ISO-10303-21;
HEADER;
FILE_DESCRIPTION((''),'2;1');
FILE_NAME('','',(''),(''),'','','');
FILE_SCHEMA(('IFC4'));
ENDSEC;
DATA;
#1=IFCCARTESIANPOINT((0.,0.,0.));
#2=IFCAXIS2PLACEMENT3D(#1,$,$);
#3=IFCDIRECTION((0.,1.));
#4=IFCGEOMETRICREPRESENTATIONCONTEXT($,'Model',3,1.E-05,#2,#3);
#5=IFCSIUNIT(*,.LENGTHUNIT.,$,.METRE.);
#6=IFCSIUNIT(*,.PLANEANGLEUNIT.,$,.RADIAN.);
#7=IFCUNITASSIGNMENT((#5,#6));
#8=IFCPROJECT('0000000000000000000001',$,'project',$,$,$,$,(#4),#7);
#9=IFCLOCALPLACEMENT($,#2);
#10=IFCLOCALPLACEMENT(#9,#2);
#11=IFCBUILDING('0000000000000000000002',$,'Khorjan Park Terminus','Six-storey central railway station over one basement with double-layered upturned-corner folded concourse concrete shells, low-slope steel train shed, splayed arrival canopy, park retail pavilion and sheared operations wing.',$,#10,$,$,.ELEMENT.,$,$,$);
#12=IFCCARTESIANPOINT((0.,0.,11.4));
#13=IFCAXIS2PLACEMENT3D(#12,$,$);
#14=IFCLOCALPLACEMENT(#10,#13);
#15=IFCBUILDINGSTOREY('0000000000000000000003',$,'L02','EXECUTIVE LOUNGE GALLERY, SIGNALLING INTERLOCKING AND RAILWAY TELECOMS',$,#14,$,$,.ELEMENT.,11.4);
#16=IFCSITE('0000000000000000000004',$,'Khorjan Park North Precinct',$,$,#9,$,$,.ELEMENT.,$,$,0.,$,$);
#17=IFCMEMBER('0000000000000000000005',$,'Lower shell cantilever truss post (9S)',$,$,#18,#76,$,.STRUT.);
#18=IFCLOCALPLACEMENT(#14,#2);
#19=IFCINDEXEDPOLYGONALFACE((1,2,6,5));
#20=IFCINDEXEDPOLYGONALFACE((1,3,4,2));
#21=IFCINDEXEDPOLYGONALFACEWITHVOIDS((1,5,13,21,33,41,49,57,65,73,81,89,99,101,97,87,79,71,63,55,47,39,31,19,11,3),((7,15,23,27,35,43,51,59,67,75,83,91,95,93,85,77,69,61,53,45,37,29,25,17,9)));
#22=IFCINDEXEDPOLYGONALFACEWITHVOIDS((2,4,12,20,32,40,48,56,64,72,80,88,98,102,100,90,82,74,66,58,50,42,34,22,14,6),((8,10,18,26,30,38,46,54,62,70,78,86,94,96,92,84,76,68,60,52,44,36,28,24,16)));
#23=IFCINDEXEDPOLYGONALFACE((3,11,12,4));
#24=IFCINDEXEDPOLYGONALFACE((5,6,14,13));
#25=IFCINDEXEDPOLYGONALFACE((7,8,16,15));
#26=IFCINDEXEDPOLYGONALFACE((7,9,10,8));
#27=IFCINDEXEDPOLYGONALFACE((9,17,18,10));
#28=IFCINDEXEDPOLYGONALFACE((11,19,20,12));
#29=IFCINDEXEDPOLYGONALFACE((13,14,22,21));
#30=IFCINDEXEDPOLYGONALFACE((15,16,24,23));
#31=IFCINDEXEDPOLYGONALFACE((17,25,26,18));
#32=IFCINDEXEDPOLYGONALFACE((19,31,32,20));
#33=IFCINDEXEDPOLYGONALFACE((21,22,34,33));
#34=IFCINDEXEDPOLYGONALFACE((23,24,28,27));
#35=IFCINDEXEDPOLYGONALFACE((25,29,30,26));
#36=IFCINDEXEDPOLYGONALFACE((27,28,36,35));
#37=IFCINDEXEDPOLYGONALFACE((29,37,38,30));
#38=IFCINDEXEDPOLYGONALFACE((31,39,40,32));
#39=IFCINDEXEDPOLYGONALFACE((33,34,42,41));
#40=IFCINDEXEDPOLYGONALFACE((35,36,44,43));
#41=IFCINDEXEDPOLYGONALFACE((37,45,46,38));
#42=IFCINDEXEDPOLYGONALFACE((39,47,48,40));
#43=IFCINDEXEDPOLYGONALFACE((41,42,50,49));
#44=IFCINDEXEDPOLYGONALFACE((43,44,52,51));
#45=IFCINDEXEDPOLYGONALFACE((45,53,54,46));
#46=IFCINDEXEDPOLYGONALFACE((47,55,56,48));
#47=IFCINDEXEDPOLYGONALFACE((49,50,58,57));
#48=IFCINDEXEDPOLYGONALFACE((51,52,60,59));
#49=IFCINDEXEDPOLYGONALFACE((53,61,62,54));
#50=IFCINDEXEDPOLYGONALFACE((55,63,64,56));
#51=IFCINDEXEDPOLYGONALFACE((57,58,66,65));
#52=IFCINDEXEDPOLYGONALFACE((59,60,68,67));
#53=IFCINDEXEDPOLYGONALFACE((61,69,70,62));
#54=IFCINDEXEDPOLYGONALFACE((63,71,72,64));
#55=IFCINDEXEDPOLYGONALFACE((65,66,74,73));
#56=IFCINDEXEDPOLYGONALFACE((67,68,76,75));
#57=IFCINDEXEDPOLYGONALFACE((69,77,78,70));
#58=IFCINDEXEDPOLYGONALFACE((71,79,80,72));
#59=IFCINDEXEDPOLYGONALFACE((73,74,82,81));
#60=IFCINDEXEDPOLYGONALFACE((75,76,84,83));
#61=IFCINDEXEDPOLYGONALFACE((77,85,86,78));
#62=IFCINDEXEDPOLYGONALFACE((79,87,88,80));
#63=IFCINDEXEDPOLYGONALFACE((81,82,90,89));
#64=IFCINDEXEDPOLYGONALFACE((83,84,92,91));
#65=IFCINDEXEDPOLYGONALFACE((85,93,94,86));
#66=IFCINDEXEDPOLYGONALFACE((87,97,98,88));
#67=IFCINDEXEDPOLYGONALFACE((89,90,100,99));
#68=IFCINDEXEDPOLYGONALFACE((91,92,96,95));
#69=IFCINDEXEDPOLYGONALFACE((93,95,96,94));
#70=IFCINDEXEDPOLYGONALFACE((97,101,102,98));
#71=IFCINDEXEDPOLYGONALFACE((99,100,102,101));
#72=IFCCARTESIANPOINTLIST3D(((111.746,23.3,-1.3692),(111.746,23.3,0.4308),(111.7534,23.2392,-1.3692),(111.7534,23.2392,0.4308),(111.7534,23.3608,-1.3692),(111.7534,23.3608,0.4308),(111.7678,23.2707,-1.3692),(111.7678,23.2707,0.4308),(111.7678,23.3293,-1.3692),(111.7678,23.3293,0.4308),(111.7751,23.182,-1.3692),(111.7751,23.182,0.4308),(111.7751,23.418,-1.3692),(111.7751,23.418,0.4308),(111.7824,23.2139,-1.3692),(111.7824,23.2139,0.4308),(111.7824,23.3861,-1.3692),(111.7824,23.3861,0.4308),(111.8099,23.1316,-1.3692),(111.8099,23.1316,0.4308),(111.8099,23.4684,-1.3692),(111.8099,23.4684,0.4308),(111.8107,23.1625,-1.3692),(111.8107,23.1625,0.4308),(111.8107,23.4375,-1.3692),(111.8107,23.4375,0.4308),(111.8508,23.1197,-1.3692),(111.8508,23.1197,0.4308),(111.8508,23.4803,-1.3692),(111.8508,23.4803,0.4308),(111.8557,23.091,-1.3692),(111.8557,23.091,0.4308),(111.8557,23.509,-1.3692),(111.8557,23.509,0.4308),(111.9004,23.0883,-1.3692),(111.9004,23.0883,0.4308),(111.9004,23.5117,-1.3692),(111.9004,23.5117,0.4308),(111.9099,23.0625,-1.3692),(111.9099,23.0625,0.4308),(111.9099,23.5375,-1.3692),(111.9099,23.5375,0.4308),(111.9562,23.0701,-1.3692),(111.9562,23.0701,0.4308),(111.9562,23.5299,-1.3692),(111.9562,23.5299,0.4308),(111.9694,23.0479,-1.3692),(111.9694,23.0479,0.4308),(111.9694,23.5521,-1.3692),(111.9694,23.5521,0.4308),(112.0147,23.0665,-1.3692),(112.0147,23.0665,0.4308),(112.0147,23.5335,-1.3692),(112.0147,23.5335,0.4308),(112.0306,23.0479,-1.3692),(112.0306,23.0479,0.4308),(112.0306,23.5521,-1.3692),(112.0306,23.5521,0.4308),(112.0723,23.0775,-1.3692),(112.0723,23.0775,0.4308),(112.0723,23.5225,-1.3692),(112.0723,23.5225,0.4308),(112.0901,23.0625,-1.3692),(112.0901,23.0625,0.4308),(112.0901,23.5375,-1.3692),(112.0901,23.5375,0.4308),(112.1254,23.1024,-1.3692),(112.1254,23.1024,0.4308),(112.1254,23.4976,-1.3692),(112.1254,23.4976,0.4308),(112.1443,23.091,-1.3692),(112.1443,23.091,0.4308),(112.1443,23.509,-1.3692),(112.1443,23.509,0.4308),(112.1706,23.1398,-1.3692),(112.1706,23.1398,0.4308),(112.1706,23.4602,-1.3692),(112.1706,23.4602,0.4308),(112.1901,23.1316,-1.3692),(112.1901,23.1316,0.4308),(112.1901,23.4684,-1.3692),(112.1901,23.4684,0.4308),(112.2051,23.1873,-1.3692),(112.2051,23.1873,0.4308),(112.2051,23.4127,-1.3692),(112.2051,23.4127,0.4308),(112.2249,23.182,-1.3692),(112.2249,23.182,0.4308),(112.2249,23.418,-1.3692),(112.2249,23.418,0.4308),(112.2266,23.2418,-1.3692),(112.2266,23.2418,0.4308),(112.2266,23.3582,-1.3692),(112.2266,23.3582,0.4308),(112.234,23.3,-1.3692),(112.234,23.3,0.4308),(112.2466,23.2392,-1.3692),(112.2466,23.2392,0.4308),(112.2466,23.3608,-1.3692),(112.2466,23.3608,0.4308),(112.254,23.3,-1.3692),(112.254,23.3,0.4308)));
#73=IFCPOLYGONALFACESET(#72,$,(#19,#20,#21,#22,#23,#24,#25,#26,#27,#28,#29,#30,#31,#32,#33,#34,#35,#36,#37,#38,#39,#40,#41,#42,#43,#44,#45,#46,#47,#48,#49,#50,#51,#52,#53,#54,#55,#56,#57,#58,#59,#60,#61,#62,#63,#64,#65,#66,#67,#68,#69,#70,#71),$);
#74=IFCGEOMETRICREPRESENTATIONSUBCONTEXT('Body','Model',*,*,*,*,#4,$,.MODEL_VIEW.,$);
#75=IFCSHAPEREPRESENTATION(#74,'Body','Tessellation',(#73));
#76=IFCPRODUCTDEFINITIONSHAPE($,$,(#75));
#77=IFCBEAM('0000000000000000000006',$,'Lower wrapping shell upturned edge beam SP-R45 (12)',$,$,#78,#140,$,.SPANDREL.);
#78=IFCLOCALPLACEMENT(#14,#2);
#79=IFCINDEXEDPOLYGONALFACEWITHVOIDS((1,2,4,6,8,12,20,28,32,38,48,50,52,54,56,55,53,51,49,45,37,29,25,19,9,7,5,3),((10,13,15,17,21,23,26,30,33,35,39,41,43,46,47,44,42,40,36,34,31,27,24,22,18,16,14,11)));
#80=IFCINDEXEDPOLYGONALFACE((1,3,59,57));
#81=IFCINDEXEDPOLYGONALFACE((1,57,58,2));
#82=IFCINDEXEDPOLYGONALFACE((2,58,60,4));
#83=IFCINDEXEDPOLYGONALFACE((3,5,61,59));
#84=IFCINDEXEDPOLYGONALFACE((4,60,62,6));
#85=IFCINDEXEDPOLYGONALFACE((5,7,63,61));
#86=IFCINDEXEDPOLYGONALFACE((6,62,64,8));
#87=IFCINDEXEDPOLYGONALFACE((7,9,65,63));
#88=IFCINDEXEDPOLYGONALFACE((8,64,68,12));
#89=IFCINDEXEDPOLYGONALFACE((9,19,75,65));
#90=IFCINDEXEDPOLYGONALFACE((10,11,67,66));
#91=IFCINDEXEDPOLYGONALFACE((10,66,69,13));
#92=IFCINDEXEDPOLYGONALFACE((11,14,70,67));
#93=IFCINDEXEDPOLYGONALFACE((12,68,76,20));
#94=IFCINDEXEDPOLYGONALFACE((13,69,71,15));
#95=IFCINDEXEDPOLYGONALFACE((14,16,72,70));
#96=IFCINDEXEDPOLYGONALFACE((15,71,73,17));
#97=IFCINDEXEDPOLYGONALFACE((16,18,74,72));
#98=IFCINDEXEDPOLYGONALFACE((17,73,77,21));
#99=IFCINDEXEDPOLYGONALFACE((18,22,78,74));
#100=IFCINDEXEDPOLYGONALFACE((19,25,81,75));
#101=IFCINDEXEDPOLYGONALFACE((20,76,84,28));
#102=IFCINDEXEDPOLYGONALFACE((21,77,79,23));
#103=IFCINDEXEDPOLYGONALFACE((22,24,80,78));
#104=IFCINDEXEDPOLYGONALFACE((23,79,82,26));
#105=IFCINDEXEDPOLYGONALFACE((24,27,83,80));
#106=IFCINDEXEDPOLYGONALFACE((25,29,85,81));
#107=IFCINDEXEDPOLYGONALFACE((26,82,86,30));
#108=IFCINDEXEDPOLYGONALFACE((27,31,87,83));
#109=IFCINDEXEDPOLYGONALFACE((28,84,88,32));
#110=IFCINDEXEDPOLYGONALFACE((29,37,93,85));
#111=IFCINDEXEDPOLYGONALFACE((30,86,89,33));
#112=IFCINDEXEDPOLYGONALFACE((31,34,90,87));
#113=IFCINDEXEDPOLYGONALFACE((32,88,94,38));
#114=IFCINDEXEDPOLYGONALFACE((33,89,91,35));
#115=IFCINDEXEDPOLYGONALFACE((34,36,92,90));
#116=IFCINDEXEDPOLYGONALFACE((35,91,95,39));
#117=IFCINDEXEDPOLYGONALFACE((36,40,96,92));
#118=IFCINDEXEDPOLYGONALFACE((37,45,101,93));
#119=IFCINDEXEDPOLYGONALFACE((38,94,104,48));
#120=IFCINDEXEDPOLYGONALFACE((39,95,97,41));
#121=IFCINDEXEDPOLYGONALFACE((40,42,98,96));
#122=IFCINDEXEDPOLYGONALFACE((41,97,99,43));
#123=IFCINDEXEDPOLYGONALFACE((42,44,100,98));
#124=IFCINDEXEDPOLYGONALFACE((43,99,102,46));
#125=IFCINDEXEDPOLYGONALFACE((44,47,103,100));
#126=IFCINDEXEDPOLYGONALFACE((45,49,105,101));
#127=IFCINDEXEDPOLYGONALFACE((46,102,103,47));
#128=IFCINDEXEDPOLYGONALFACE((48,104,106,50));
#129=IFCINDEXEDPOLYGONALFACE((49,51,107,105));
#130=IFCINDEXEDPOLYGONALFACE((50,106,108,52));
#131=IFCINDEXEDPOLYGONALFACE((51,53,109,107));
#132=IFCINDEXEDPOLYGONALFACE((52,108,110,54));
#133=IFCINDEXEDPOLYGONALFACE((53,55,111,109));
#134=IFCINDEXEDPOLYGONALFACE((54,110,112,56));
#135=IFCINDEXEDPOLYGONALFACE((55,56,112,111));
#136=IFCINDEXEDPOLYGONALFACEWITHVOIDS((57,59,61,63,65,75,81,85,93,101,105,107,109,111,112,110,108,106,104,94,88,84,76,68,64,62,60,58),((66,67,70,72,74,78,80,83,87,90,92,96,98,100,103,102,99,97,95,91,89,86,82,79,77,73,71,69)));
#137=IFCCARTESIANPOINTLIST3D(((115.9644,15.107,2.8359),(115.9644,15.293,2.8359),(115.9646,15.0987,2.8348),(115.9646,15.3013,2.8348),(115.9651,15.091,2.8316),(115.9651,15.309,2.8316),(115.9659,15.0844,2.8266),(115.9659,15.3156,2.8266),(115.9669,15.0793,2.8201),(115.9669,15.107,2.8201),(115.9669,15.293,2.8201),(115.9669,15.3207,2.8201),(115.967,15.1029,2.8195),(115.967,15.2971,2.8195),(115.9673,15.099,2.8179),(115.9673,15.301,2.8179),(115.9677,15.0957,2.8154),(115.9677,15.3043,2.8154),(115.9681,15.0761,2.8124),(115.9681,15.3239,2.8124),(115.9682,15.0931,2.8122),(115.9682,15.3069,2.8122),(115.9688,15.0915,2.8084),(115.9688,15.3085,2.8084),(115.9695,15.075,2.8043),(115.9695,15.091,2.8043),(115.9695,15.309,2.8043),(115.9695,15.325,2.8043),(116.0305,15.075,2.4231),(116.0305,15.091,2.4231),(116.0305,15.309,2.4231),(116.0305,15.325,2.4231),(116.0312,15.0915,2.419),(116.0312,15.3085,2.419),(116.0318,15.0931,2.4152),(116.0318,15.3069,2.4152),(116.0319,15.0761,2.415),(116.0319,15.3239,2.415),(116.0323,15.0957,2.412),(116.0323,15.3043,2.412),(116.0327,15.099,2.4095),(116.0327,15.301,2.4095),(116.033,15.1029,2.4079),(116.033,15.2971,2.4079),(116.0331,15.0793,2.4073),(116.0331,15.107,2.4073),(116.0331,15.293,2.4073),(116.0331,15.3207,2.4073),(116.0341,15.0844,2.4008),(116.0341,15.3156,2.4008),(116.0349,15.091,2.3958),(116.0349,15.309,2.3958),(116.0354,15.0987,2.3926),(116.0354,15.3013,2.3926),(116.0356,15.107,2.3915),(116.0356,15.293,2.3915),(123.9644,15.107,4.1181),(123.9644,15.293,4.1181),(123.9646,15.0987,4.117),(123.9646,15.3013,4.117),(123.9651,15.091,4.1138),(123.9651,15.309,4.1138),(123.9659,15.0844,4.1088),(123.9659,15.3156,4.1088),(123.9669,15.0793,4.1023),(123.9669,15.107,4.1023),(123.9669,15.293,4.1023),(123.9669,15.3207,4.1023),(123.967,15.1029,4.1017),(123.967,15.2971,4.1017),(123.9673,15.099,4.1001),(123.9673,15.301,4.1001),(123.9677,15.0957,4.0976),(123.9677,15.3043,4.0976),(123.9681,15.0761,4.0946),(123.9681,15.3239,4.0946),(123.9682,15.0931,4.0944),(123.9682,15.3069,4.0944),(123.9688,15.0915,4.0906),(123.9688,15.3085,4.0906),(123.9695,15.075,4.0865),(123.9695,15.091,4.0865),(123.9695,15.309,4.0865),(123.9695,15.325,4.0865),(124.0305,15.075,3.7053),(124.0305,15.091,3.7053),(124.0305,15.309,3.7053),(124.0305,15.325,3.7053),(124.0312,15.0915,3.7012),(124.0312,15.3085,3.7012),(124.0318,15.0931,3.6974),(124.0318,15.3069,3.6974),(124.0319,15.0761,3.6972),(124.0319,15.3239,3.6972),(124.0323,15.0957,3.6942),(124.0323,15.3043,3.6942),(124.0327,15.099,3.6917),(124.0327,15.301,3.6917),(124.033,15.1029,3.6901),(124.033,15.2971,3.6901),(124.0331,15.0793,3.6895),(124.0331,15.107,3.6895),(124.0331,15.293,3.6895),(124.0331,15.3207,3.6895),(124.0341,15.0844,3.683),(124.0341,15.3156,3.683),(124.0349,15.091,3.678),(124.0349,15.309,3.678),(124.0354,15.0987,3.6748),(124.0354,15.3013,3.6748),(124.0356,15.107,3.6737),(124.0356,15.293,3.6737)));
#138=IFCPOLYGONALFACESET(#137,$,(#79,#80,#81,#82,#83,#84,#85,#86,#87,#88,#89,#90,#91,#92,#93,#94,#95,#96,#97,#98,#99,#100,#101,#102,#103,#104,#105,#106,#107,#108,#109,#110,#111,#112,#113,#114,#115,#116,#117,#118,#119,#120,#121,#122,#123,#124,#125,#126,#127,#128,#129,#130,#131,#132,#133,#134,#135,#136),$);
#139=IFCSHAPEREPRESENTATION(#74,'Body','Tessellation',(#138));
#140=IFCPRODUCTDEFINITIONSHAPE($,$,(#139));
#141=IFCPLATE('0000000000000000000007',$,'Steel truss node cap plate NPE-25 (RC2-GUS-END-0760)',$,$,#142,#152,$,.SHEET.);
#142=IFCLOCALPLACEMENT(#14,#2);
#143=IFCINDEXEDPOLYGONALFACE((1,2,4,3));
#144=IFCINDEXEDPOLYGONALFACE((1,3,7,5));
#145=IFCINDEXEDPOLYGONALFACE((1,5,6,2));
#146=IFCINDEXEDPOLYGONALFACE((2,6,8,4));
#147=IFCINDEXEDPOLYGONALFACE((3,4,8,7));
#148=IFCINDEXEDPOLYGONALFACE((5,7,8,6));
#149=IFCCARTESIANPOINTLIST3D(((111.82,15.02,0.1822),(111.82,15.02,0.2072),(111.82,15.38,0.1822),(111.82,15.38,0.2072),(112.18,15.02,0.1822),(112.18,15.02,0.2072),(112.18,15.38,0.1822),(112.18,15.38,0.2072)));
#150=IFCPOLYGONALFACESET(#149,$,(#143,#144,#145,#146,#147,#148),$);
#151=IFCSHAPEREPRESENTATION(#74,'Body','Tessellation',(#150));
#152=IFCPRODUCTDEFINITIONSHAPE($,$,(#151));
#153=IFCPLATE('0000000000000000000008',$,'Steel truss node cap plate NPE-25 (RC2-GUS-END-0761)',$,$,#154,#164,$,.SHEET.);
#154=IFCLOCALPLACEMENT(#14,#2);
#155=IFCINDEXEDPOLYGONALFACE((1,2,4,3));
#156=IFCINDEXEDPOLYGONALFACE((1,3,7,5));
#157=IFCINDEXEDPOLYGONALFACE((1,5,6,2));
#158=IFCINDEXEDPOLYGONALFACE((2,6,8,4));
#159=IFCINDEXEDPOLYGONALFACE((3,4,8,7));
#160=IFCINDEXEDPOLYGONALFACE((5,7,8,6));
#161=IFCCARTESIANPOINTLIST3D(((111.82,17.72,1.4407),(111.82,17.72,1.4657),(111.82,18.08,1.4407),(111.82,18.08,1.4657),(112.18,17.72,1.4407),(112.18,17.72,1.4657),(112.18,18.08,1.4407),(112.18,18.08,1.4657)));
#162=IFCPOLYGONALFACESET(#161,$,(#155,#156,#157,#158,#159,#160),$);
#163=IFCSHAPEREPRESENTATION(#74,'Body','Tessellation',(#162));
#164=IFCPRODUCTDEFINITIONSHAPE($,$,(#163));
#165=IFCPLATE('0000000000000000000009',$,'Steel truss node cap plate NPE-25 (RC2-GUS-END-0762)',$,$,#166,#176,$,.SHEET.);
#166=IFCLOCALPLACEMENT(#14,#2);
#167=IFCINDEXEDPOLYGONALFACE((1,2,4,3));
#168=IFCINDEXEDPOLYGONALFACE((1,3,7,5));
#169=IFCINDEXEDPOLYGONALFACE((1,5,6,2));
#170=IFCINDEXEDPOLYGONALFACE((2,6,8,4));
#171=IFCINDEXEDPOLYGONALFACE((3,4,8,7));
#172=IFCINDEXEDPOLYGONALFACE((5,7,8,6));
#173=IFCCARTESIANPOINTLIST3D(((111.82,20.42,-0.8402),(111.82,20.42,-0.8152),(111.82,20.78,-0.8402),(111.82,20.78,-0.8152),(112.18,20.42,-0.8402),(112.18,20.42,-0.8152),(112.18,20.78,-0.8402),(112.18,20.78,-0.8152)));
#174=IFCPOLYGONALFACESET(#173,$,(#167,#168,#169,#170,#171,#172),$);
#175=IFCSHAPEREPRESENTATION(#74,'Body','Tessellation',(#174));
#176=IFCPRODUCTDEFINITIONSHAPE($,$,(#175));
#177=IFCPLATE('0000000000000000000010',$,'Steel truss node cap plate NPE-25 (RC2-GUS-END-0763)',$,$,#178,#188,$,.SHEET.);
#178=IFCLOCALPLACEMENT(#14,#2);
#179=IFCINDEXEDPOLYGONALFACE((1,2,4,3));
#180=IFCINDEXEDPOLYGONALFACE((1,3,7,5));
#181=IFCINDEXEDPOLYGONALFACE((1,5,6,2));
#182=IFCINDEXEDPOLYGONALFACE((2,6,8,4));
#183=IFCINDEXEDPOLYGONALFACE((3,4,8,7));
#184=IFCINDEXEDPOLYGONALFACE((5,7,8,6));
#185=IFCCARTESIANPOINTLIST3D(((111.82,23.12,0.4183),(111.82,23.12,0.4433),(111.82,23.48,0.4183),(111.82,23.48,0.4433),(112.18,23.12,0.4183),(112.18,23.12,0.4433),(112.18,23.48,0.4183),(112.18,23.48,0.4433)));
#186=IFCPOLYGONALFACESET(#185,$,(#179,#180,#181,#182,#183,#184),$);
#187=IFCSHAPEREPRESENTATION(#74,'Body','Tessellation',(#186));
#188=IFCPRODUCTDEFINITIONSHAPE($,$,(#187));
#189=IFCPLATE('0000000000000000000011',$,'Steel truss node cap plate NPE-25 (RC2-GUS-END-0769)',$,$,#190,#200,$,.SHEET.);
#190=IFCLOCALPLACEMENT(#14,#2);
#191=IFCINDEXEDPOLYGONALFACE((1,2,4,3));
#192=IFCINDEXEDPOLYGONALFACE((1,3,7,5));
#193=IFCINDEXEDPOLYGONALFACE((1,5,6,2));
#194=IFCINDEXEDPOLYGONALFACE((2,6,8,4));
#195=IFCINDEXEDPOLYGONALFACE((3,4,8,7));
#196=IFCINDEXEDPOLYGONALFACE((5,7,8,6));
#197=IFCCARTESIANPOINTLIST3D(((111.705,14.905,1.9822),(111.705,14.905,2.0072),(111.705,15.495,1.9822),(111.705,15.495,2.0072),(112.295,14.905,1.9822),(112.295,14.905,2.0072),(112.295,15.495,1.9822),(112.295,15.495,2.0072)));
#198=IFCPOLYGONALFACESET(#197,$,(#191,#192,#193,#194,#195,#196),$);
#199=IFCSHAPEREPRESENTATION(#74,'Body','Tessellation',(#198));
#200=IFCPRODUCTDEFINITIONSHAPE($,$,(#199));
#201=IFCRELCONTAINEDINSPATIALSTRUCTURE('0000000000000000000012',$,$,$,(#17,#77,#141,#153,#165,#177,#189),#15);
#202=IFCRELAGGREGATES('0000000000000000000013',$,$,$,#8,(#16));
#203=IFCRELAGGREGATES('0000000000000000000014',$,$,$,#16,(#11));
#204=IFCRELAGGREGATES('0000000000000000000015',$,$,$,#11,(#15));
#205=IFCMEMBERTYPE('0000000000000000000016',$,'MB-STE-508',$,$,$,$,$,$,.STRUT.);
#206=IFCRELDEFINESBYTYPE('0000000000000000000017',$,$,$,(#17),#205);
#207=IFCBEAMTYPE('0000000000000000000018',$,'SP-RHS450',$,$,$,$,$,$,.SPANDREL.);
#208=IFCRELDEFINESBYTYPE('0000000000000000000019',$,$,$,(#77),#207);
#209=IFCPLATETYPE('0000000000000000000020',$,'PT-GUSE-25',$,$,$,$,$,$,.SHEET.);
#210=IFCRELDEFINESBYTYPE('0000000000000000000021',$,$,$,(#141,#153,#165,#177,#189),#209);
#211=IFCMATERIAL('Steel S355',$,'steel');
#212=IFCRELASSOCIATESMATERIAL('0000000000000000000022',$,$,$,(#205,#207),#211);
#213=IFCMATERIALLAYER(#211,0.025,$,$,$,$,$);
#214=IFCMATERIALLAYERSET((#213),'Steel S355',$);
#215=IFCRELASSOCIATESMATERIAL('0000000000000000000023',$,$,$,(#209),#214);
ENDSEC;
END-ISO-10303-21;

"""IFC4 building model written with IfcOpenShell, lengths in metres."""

from ifc_helpers import new_model, si_unit, direction, frame, origin, origin_2d, place, context, subcontext, project, spatial, rectangle, hollow_rectangle, hollow_circle, extrude, material, layer, layer_set, material_profile, profile_set, type_object, element, save


model = new_model("IFC4")

# Units and contexts
model_context = context("Model", 3, precision=1e-05, world=origin(), true_north=direction((0.0, 1.0)))
body_context = subcontext(model_context, "Body", "Model", "MODEL_VIEW")
ifc_project = project(units=[si_unit("LENGTHUNIT", "METRE"), si_unit("PLANEANGLEUNIT", "RADIAN")], contexts=[model_context])

# Site, building, storey
site_placement = place(None, origin())
site = spatial("IfcSite", under=ifc_project, at=site_placement, Name="Khorjan Park North Precinct", CompositionType="ELEMENT", RefElevation=0.0)
building_placement = place(site_placement, origin())
building = spatial("IfcBuilding", under=site, at=building_placement, Name="Khorjan Park Terminus", Description="Six-storey central railway station over one basement with double-layered upturned-corner folded concourse concrete shells, low-slope steel train shed, splayed arrival canopy, park retail pavilion and sheared operations wing.", CompositionType="ELEMENT")
storey_placement = place(building_placement, frame((0.0, 0.0, 11.4)))
storey = spatial("IfcBuildingStorey", under=building, at=storey_placement, Name="L02", Description="EXECUTIVE LOUNGE GALLERY, SIGNALLING INTERLOCKING AND RAILWAY TELECOMS", CompositionType="ELEMENT", Elevation=11.4)

# Member
ifc_material_1 = material(Name="Steel S355", Category="steel")
ifc_material_profile_1 = material_profile(ifc_material_1, hollow_circle(Radius=0.254, WallThickness=0.02, at=origin_2d()), Name="CHS 508x20")
ifc_profile_set_1 = profile_set([ifc_material_profile_1], Name="Steel S355")
member_type_1 = type_object("IfcMemberType", Name="MB-STE-508", PredefinedType="STRUT", material=ifc_profile_set_1)
for number, where, z_axis, x_axis, name in (
    (1, (112.0, 23.3, -1.3692), (0.0, 0.0, 1.0), (1.0, 0.0, 0.0), "Lower shell cantilever truss post (9S)"),
):
    element("IfcMember", number, at=place(storey_placement, frame(where, z_axis=z_axis, x_axis=x_axis)), inside=storey, type_object=member_type_1, Name=name, PredefinedType="STRUT", context=body_context, shape_type="SweptSolid", body=[
        extrude(hollow_circle(Radius=0.254, WallThickness=0.02, at=origin_2d()), origin(), (0.0, 0.0, 1.0), 1.8),
    ])

# Beam
ifc_material_profile_2 = material_profile(ifc_material_1, hollow_rectangle(XDim=0.25, YDim=0.45, WallThickness=0.016, InnerFilletRadius=0.016, OuterFilletRadius=0.032, at=origin_2d()), Name="RHS 450x250x16")
ifc_profile_set_2 = profile_set([ifc_material_profile_2], Name="Steel S355")
beam_type = type_object("IfcBeamType", Name="SP-RHS450", PredefinedType="SPANDREL", material=ifc_profile_set_2)
beam_placement = place(storey_placement, frame((116.0, 15.2, 2.6137), z_axis=(0.987398, 0.0, 0.158255), x_axis=(0.0, 1.0, 0.0)))
element("IfcBeam", 2, at=beam_placement, inside=storey, type_object=beam_type, Name="Lower wrapping shell upturned edge beam SP-R45 (12)", PredefinedType="SPANDREL", context=body_context, shape_type="SweptSolid", body=[
    extrude(hollow_rectangle(XDim=0.25, YDim=0.45, WallThickness=0.016, InnerFilletRadius=0.016, OuterFilletRadius=0.032, at=origin_2d()), origin(), (0.0, 0.0, 1.0), 8.1021),
])

# Plates
ifc_layer_1 = layer(ifc_material_1, 0.025)
ifc_layer_set_1 = layer_set([ifc_layer_1], Name="Steel S355")
plate_type = type_object("IfcPlateType", Name="PT-GUSE-25", PredefinedType="SHEET", material=ifc_layer_set_1)
for number, where, z_axis, x_axis, name in (
    (3, (112.0, 15.2, 0.1822), (0.0, 0.0, 1.0), (1.0, 0.0, 0.0), "Steel truss node cap plate NPE-25 (RC2-GUS-END-0760)"),
    (4, (112.0, 17.9, 1.4407), (0.0, 0.0, 1.0), (1.0, 0.0, 0.0), "Steel truss node cap plate NPE-25 (RC2-GUS-END-0761)"),
    (5, (112.0, 20.6, -0.8402), (0.0, 0.0, 1.0), (1.0, 0.0, 0.0), "Steel truss node cap plate NPE-25 (RC2-GUS-END-0762)"),
    (6, (112.0, 23.3, 0.4183), (0.0, 0.0, 1.0), (1.0, 0.0, 0.0), "Steel truss node cap plate NPE-25 (RC2-GUS-END-0763)"),
):
    element("IfcPlate", number, at=place(storey_placement, frame(where, z_axis=z_axis, x_axis=x_axis)), inside=storey, type_object=plate_type, Name=name, PredefinedType="SHEET", context=body_context, shape_type="SweptSolid", body=[
        extrude(rectangle(XDim=0.36, YDim=0.36, at=origin_2d()), origin(), (0.0, 0.0, 1.0), 0.025),
    ])
for number, where, z_axis, x_axis, name in (
    (7, (112.0, 15.2, 1.9822), (0.0, 0.0, 1.0), (1.0, 0.0, 0.0), "Steel truss node cap plate NPE-25 (RC2-GUS-END-0769)"),
):
    element("IfcPlate", number, at=place(storey_placement, frame(where, z_axis=z_axis, x_axis=x_axis)), inside=storey, type_object=plate_type, Name=name, PredefinedType="SHEET", context=body_context, shape_type="SweptSolid", body=[
        extrude(rectangle(XDim=0.59, YDim=0.59, at=origin_2d()), origin(), (0.0, 0.0, 1.0), 0.025),
    ])

save(model, "model.ifc")
